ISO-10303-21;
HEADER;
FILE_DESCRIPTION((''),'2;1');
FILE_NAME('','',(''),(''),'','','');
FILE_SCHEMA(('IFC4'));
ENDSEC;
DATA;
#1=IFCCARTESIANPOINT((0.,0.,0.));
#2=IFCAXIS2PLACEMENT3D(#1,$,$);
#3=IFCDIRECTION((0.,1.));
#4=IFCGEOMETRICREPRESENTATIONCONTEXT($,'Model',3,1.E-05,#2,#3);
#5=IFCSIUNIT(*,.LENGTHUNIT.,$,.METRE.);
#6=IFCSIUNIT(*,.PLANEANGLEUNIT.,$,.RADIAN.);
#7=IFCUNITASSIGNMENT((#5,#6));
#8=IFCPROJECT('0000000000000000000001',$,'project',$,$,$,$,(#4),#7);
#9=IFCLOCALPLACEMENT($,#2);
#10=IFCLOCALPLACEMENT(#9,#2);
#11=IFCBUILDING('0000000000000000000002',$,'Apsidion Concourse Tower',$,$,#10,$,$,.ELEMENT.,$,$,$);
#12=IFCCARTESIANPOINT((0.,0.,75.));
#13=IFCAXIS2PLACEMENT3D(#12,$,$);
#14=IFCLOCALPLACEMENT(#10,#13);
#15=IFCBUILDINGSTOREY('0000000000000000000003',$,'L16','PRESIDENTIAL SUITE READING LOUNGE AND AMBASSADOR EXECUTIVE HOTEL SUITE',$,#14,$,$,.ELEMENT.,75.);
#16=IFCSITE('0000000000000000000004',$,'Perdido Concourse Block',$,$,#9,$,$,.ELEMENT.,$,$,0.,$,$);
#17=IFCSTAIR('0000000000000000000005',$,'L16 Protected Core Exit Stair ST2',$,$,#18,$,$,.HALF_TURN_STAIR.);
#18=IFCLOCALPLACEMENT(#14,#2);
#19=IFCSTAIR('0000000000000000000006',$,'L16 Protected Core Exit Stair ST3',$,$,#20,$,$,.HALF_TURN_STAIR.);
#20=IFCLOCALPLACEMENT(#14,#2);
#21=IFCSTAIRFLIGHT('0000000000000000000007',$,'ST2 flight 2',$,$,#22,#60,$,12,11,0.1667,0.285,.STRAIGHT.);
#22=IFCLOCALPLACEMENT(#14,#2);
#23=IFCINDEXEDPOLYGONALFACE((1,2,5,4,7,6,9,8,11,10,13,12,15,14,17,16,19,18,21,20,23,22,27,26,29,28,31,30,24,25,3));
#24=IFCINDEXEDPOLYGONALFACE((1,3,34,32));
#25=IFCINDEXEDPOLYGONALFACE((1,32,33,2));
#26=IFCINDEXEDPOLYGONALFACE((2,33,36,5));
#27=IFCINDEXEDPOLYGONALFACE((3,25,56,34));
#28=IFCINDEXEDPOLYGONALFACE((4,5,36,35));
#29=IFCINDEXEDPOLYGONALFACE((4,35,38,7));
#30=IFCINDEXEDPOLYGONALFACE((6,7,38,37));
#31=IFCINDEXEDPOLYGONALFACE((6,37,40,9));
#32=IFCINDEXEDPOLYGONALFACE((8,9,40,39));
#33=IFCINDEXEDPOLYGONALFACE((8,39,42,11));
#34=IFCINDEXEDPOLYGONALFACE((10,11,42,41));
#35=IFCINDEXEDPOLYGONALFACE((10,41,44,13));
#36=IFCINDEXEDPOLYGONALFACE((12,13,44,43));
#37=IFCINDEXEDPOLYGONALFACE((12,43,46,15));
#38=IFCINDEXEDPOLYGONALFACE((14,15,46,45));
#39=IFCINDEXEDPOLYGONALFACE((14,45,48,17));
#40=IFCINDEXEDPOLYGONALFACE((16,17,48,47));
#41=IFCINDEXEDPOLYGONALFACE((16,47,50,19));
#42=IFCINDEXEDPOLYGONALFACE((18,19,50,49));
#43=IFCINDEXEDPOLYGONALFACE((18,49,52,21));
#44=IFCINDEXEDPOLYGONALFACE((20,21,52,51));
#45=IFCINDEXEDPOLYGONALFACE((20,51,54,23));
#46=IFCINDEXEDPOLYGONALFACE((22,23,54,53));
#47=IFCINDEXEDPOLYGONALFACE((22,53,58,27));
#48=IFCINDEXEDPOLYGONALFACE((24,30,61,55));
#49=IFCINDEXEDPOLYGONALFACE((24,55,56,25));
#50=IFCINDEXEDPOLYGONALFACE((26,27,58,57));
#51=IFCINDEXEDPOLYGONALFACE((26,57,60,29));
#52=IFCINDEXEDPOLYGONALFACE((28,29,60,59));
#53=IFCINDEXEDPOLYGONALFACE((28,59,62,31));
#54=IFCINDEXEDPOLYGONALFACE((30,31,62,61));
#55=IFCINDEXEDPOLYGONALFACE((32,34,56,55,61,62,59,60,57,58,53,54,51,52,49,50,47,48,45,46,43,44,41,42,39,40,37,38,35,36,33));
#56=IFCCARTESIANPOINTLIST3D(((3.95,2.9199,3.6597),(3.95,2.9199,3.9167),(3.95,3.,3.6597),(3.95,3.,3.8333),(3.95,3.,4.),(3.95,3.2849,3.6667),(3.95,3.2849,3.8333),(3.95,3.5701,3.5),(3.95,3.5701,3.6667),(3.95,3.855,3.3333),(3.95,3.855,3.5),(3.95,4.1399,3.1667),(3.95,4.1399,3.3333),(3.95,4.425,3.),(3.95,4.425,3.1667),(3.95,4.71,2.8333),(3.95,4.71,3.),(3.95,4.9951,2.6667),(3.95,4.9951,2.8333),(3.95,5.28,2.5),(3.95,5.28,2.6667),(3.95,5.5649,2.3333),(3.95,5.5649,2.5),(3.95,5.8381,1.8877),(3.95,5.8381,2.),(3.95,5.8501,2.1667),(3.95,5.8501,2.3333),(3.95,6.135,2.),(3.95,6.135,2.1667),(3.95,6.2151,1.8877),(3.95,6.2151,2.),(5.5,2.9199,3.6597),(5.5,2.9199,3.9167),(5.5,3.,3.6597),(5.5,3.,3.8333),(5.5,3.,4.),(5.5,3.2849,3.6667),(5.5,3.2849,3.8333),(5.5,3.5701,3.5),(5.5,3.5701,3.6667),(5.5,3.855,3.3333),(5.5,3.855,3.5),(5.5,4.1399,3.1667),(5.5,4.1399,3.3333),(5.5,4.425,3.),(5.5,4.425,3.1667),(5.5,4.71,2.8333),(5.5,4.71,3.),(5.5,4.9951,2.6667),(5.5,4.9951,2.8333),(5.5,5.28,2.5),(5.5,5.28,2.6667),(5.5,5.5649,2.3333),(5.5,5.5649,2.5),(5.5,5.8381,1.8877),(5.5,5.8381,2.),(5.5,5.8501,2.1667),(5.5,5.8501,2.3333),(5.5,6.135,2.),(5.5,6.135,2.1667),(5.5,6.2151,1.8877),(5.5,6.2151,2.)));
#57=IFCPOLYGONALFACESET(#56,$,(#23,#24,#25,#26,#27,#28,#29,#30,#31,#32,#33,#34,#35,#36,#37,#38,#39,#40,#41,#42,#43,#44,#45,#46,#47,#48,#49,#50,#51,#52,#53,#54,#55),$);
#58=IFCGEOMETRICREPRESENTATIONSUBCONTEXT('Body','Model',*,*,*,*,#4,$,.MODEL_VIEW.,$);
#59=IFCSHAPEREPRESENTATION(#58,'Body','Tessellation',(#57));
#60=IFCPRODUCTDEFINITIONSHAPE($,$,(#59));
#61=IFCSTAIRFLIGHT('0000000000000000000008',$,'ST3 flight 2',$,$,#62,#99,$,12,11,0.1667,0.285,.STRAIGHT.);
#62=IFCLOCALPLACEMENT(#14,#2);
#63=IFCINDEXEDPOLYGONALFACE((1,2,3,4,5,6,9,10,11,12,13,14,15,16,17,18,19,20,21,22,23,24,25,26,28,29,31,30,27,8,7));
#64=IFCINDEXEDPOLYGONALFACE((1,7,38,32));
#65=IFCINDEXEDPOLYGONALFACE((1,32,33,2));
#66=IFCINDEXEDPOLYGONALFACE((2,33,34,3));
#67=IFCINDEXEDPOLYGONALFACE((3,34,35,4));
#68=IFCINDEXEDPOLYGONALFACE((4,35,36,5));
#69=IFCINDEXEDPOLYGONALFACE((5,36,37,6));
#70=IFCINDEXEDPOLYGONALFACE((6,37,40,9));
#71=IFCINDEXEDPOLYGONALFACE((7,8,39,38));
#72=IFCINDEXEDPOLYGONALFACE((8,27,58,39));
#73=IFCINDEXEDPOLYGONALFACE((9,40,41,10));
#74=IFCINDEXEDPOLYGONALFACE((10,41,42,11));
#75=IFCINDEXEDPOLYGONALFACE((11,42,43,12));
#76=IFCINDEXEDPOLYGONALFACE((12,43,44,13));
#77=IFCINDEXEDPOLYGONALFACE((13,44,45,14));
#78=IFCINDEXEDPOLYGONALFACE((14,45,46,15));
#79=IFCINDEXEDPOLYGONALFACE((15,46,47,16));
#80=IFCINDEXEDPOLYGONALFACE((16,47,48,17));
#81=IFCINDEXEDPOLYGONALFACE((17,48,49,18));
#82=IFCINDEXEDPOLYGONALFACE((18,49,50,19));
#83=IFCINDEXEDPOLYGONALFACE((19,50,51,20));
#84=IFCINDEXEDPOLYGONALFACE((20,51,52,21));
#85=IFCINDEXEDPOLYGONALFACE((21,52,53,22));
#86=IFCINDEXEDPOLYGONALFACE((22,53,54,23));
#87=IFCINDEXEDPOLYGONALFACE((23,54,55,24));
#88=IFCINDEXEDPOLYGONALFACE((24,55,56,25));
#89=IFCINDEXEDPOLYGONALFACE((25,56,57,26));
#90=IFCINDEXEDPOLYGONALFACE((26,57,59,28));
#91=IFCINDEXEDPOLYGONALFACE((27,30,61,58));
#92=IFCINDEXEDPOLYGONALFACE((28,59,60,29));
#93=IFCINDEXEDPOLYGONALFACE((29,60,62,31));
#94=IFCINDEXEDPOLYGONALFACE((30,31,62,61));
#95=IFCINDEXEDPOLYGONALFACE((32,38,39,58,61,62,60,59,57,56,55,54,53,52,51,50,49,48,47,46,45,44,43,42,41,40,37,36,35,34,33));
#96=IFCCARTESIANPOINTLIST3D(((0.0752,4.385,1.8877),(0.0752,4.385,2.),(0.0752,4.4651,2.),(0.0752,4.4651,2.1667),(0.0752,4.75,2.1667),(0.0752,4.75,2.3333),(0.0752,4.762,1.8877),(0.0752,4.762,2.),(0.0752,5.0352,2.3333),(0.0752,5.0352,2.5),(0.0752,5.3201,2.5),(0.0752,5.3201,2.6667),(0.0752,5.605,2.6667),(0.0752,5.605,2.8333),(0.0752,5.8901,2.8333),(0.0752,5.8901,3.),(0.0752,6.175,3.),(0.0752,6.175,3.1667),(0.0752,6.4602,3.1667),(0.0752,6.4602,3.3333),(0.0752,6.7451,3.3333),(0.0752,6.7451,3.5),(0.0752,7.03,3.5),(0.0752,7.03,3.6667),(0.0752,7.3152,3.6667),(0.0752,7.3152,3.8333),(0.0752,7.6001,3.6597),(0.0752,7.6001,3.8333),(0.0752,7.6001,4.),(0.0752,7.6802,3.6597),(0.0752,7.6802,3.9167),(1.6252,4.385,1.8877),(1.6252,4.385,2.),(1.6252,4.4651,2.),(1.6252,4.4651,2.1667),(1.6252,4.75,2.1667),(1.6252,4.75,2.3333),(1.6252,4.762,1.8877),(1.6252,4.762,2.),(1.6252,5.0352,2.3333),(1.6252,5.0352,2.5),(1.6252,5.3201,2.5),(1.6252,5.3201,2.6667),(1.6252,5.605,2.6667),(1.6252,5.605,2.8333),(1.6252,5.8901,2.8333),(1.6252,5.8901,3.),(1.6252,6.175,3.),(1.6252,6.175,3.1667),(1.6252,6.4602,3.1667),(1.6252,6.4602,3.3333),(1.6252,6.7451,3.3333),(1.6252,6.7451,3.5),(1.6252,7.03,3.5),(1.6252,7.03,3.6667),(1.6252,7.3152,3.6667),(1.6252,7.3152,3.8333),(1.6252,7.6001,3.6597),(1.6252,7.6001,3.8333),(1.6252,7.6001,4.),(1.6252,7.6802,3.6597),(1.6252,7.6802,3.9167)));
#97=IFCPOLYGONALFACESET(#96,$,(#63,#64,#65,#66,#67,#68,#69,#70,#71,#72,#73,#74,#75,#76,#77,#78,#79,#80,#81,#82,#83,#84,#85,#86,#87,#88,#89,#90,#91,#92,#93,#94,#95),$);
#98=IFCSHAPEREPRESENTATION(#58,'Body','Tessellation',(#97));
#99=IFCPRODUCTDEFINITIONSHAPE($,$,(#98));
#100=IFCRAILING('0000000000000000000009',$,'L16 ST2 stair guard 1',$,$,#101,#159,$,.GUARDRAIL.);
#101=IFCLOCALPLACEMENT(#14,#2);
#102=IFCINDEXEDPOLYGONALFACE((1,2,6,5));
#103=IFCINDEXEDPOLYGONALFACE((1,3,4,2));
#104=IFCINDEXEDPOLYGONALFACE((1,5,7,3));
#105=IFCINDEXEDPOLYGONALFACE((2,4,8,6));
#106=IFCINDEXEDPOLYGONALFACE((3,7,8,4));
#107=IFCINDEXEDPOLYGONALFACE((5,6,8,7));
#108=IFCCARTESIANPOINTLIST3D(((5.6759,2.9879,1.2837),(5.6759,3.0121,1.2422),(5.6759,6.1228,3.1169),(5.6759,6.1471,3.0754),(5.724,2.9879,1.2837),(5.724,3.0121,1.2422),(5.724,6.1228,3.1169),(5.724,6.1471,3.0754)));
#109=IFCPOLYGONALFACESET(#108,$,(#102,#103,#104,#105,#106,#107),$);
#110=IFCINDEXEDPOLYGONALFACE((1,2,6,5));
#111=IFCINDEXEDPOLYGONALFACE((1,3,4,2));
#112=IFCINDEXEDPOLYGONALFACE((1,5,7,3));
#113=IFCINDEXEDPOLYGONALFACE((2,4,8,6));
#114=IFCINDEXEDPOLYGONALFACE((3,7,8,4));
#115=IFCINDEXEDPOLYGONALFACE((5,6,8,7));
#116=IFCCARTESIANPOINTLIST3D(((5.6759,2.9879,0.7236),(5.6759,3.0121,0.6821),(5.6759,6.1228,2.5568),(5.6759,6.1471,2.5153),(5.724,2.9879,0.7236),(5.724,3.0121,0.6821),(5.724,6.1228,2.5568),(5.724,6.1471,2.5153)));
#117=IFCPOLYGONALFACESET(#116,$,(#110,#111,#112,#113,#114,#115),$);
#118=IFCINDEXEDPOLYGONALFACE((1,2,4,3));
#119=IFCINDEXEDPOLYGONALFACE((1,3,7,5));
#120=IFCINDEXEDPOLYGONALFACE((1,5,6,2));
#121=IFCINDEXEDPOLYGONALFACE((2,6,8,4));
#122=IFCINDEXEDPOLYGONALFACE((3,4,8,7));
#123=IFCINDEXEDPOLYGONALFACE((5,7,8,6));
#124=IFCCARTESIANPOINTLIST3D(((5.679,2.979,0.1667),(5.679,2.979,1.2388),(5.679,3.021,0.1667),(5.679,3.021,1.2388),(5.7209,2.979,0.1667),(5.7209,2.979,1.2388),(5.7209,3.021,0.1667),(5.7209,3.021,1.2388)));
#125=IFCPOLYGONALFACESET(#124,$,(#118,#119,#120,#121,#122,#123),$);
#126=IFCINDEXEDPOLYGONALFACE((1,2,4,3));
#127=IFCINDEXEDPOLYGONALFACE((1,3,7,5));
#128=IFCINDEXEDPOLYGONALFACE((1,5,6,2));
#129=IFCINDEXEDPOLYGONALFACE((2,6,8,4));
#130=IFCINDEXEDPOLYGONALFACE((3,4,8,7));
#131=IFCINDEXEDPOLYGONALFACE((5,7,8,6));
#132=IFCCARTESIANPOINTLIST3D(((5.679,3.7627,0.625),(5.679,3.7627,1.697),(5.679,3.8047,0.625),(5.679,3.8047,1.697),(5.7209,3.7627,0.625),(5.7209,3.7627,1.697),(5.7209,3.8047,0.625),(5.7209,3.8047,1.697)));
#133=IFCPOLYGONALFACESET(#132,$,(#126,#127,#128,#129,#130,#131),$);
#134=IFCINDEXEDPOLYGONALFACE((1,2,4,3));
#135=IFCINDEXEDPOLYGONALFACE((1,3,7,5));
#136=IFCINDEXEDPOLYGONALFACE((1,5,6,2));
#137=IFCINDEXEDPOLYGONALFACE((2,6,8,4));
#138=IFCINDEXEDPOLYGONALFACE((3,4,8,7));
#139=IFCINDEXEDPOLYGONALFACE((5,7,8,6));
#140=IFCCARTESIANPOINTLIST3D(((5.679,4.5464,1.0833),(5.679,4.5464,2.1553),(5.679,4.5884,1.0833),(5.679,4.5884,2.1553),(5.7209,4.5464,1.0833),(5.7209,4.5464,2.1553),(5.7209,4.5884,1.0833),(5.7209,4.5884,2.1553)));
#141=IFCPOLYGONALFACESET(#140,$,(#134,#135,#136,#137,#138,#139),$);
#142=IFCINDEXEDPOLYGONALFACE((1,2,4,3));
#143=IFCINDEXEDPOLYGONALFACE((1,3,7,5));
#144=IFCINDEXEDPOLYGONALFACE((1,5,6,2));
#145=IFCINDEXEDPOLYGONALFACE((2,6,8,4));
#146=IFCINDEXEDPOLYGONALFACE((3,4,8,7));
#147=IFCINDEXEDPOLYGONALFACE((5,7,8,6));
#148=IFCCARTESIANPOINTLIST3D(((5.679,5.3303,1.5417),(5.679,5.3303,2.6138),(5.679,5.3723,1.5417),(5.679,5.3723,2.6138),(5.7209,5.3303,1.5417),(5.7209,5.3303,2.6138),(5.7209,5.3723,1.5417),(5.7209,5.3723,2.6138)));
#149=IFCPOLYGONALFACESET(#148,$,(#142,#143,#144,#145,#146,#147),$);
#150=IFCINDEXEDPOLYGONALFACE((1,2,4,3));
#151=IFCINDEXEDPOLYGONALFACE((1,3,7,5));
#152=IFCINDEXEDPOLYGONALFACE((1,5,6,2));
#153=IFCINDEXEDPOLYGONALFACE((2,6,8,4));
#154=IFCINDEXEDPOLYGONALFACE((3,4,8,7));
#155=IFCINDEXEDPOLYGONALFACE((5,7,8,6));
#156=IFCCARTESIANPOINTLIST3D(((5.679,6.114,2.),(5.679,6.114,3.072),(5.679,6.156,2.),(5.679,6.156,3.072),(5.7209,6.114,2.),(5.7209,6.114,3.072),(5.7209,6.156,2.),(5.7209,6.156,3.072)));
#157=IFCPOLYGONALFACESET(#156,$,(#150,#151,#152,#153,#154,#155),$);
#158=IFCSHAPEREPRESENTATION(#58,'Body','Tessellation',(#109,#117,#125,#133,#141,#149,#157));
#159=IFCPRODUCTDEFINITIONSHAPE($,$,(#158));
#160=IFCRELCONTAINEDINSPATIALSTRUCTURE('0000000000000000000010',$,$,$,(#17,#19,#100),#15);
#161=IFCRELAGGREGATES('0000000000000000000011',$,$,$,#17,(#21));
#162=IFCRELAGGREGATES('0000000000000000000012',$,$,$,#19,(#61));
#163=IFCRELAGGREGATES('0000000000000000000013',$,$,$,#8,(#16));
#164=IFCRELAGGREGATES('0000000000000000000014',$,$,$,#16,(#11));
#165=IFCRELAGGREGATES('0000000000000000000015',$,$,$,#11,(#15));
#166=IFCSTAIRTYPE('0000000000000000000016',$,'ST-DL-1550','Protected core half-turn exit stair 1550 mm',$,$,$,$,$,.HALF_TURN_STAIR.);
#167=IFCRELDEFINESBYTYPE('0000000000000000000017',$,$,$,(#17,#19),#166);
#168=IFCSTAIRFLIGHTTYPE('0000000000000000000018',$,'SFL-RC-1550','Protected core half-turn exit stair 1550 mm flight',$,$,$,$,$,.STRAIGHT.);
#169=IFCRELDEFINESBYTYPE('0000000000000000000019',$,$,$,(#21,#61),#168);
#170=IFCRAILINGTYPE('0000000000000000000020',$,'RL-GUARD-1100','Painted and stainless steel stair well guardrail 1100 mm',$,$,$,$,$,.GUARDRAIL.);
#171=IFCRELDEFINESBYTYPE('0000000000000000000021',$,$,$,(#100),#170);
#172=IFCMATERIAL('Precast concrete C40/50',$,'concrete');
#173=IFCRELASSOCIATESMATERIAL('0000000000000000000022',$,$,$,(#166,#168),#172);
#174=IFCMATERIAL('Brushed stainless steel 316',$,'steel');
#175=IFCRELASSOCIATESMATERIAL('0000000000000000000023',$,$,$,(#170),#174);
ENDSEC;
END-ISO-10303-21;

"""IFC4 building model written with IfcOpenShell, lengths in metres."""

from ifc_helpers import new_model, si_unit, direction, frame, origin, origin_2d, place, context, subcontext, project, spatial, polyline, rectangle, outline, extrude, material, type_object, element, aggregate, save


model = new_model("IFC4")

# Units and contexts
model_context = context("Model", 3, precision=1e-05, world=origin(), true_north=direction((0.0, 1.0)))
body_context = subcontext(model_context, "Body", "Model", "MODEL_VIEW")
ifc_project = project(units=[si_unit("LENGTHUNIT", "METRE"), si_unit("PLANEANGLEUNIT", "RADIAN")], contexts=[model_context])

# Site, building, storey
site_placement = place(None, origin())
site = spatial("IfcSite", under=ifc_project, at=site_placement, Name="Perdido Concourse Block", CompositionType="ELEMENT", RefElevation=0.0)
building_placement = place(site_placement, origin())
building = spatial("IfcBuilding", under=site, at=building_placement, Name="Apsidion Concourse Tower", CompositionType="ELEMENT")
storey_placement = place(building_placement, frame((0.0, 0.0, 75.0)))
storey = spatial("IfcBuildingStorey", under=building, at=storey_placement, Name="L16", Description="PRESIDENTIAL SUITE READING LOUNGE AND AMBASSADOR EXECUTIVE HOTEL SUITE", CompositionType="ELEMENT", Elevation=75.0)

# Stairs
ifc_material_1 = material(Name="Precast concrete C40/50", Category="concrete")
stair_type = type_object("IfcStairType", Name="ST-DL-1550", Description="Protected core half-turn exit stair 1550 mm", PredefinedType="HALF_TURN_STAIR", material=ifc_material_1)
stair_1_placement = place(storey_placement, origin())
stair_1 = element("IfcStair", 1, at=stair_1_placement, inside=storey, type_object=stair_type, Name="L16 Protected Core Exit Stair ST2", PredefinedType="HALF_TURN_STAIR")
stair_2_placement = place(storey_placement, origin())
stair_2 = element("IfcStair", 2, at=stair_2_placement, inside=storey, type_object=stair_type, Name="L16 Protected Core Exit Stair ST3", PredefinedType="HALF_TURN_STAIR")

# Shared definitions
ifc_material_2 = material(Name="Brushed stainless steel 316", Category="steel")

# Stair flights
stair_flight_type = type_object("IfcStairFlightType", Name="SFL-RC-1550", Description="Protected core half-turn exit stair 1550 mm flight", PredefinedType="STRAIGHT", material=ifc_material_1)
stair_flight_1_placement = place(storey_placement, frame((4.7251, 6.135, 2.0), z_axis=(0.0, 0.0, 1.0), x_axis=(0.0, -1.0, 0.0)))
stair_flight_1 = element("IfcStairFlight", 3, at=stair_flight_1_placement, type_object=stair_flight_type, Name="ST2 flight 2", NumberOfRisers=12, NumberOfTreads=11, PredefinedType="STRAIGHT", RiserHeight=0.1667, TreadLength=0.285, context=body_context, shape_type="SweptSolid", body=[
    extrude(outline(polyline([(-0.0801, -0.1123), (-0.0801, 0.0), (0.0, 0.0), (0.0, 0.1667), (0.2849, 0.1667), (0.2849, 0.3333), (0.5701, 0.3333), (0.5701, 0.5), (0.855, 0.5), (0.855, 0.6667), (1.1399, 0.6667), (1.1399, 0.8333), (1.425, 0.8333), (1.425, 1.0), (1.71, 1.0), (1.71, 1.1667), (1.9951, 1.1667), (1.9951, 1.3333), (2.28, 1.3333), (2.28, 1.5), (2.5649, 1.5), (2.5649, 1.6667), (2.8501, 1.6667), (2.8501, 1.8333), (3.135, 1.8333), (3.135, 2.0), (3.2151, 1.9167), (3.2151, 1.6597), (3.135, 1.6597), (0.2969, 0.0), (0.2969, -0.1123), (-0.0801, -0.1123)])), frame((0.0, 0.7749, 0.0), z_axis=(0.0, -1.0, 0.0), x_axis=(1.0, 0.0, 0.0)), (0.0, 0.0, 1.0), 1.55),
])
aggregate(stair_1, [stair_flight_1])
stair_flight_2_placement = place(storey_placement, frame((0.8501, 4.4651, 2.0), z_axis=(0.0, 0.0, 1.0), x_axis=(0.0, 1.0, 0.0)))
stair_flight_2 = element("IfcStairFlight", 4, at=stair_flight_2_placement, type_object=stair_flight_type, Name="ST3 flight 2", NumberOfRisers=12, NumberOfTreads=11, PredefinedType="STRAIGHT", RiserHeight=0.1667, TreadLength=0.285, context=body_context, shape_type="SweptSolid", body=[
    extrude(outline(polyline([(-0.0801, -0.1123), (-0.0801, 0.0), (0.0, 0.0), (0.0, 0.1667), (0.2849, 0.1667), (0.2849, 0.3333), (0.5701, 0.3333), (0.5701, 0.5), (0.855, 0.5), (0.855, 0.6667), (1.1399, 0.6667), (1.1399, 0.8333), (1.425, 0.8333), (1.425, 1.0), (1.71, 1.0), (1.71, 1.1667), (1.9951, 1.1667), (1.9951, 1.3333), (2.28, 1.3333), (2.28, 1.5), (2.5649, 1.5), (2.5649, 1.6667), (2.8501, 1.6667), (2.8501, 1.8333), (3.135, 1.8333), (3.135, 2.0), (3.2151, 1.9167), (3.2151, 1.6597), (3.135, 1.6597), (0.2969, 0.0), (0.2969, -0.1123), (-0.0801, -0.1123)])), frame((0.0, 0.7749, 0.0), z_axis=(0.0, -1.0, 0.0), x_axis=(1.0, 0.0, 0.0)), (0.0, 0.0, 1.0), 1.55),
])
aggregate(stair_2, [stair_flight_2])

# Railing
railing_type_1 = type_object("IfcRailingType", Name="RL-GUARD-1100", Description="Painted and stainless steel stair well guardrail 1100 mm", PredefinedType="GUARDRAIL", material=ifc_material_2)
railing_1_placement = place(storey_placement, frame((5.7, 3.0, 0.1667)))
element("IfcRailing", 5, at=railing_1_placement, inside=storey, type_object=railing_type_1, Name="L16 ST2 stair guard 1", PredefinedType="GUARDRAIL", context=body_context, shape_type="SweptSolid", body=[
    extrude(rectangle(XDim=0.0481, YDim=0.0481, at=origin_2d()), frame((0.0, 0.0, 1.0962), z_axis=(0.0, 0.86324, 0.504794), x_axis=(-1.0, 0.0, 0.0)), (0.0, 0.0, 1.0), 3.6316),
    extrude(rectangle(XDim=0.0481, YDim=0.0481, at=origin_2d()), frame((0.0, 0.0, 0.5361), z_axis=(0.0, 0.86324, 0.504794), x_axis=(-1.0, 0.0, 0.0)), (0.0, 0.0, 1.0), 3.6316),
    extrude(rectangle(XDim=0.042, YDim=0.042, at=origin_2d()), origin(), (0.0, 0.0, 1.0), 1.072),
    extrude(rectangle(XDim=0.042, YDim=0.042, at=origin_2d()), frame((0.0, 0.7837, 0.4583)), (0.0, 0.0, 1.0), 1.072),
    extrude(rectangle(XDim=0.042, YDim=0.042, at=origin_2d()), frame((0.0, 1.5674, 0.9165)), (0.0, 0.0, 1.0), 1.072),
    extrude(rectangle(XDim=0.042, YDim=0.042, at=origin_2d()), frame((0.0, 2.3513, 1.375)), (0.0, 0.0, 1.0), 1.072),
    extrude(rectangle(XDim=0.042, YDim=0.042, at=origin_2d()), frame((0.0, 3.135, 1.8333)), (0.0, 0.0, 1.0), 1.072),
])

save(model, "model.ifc")
